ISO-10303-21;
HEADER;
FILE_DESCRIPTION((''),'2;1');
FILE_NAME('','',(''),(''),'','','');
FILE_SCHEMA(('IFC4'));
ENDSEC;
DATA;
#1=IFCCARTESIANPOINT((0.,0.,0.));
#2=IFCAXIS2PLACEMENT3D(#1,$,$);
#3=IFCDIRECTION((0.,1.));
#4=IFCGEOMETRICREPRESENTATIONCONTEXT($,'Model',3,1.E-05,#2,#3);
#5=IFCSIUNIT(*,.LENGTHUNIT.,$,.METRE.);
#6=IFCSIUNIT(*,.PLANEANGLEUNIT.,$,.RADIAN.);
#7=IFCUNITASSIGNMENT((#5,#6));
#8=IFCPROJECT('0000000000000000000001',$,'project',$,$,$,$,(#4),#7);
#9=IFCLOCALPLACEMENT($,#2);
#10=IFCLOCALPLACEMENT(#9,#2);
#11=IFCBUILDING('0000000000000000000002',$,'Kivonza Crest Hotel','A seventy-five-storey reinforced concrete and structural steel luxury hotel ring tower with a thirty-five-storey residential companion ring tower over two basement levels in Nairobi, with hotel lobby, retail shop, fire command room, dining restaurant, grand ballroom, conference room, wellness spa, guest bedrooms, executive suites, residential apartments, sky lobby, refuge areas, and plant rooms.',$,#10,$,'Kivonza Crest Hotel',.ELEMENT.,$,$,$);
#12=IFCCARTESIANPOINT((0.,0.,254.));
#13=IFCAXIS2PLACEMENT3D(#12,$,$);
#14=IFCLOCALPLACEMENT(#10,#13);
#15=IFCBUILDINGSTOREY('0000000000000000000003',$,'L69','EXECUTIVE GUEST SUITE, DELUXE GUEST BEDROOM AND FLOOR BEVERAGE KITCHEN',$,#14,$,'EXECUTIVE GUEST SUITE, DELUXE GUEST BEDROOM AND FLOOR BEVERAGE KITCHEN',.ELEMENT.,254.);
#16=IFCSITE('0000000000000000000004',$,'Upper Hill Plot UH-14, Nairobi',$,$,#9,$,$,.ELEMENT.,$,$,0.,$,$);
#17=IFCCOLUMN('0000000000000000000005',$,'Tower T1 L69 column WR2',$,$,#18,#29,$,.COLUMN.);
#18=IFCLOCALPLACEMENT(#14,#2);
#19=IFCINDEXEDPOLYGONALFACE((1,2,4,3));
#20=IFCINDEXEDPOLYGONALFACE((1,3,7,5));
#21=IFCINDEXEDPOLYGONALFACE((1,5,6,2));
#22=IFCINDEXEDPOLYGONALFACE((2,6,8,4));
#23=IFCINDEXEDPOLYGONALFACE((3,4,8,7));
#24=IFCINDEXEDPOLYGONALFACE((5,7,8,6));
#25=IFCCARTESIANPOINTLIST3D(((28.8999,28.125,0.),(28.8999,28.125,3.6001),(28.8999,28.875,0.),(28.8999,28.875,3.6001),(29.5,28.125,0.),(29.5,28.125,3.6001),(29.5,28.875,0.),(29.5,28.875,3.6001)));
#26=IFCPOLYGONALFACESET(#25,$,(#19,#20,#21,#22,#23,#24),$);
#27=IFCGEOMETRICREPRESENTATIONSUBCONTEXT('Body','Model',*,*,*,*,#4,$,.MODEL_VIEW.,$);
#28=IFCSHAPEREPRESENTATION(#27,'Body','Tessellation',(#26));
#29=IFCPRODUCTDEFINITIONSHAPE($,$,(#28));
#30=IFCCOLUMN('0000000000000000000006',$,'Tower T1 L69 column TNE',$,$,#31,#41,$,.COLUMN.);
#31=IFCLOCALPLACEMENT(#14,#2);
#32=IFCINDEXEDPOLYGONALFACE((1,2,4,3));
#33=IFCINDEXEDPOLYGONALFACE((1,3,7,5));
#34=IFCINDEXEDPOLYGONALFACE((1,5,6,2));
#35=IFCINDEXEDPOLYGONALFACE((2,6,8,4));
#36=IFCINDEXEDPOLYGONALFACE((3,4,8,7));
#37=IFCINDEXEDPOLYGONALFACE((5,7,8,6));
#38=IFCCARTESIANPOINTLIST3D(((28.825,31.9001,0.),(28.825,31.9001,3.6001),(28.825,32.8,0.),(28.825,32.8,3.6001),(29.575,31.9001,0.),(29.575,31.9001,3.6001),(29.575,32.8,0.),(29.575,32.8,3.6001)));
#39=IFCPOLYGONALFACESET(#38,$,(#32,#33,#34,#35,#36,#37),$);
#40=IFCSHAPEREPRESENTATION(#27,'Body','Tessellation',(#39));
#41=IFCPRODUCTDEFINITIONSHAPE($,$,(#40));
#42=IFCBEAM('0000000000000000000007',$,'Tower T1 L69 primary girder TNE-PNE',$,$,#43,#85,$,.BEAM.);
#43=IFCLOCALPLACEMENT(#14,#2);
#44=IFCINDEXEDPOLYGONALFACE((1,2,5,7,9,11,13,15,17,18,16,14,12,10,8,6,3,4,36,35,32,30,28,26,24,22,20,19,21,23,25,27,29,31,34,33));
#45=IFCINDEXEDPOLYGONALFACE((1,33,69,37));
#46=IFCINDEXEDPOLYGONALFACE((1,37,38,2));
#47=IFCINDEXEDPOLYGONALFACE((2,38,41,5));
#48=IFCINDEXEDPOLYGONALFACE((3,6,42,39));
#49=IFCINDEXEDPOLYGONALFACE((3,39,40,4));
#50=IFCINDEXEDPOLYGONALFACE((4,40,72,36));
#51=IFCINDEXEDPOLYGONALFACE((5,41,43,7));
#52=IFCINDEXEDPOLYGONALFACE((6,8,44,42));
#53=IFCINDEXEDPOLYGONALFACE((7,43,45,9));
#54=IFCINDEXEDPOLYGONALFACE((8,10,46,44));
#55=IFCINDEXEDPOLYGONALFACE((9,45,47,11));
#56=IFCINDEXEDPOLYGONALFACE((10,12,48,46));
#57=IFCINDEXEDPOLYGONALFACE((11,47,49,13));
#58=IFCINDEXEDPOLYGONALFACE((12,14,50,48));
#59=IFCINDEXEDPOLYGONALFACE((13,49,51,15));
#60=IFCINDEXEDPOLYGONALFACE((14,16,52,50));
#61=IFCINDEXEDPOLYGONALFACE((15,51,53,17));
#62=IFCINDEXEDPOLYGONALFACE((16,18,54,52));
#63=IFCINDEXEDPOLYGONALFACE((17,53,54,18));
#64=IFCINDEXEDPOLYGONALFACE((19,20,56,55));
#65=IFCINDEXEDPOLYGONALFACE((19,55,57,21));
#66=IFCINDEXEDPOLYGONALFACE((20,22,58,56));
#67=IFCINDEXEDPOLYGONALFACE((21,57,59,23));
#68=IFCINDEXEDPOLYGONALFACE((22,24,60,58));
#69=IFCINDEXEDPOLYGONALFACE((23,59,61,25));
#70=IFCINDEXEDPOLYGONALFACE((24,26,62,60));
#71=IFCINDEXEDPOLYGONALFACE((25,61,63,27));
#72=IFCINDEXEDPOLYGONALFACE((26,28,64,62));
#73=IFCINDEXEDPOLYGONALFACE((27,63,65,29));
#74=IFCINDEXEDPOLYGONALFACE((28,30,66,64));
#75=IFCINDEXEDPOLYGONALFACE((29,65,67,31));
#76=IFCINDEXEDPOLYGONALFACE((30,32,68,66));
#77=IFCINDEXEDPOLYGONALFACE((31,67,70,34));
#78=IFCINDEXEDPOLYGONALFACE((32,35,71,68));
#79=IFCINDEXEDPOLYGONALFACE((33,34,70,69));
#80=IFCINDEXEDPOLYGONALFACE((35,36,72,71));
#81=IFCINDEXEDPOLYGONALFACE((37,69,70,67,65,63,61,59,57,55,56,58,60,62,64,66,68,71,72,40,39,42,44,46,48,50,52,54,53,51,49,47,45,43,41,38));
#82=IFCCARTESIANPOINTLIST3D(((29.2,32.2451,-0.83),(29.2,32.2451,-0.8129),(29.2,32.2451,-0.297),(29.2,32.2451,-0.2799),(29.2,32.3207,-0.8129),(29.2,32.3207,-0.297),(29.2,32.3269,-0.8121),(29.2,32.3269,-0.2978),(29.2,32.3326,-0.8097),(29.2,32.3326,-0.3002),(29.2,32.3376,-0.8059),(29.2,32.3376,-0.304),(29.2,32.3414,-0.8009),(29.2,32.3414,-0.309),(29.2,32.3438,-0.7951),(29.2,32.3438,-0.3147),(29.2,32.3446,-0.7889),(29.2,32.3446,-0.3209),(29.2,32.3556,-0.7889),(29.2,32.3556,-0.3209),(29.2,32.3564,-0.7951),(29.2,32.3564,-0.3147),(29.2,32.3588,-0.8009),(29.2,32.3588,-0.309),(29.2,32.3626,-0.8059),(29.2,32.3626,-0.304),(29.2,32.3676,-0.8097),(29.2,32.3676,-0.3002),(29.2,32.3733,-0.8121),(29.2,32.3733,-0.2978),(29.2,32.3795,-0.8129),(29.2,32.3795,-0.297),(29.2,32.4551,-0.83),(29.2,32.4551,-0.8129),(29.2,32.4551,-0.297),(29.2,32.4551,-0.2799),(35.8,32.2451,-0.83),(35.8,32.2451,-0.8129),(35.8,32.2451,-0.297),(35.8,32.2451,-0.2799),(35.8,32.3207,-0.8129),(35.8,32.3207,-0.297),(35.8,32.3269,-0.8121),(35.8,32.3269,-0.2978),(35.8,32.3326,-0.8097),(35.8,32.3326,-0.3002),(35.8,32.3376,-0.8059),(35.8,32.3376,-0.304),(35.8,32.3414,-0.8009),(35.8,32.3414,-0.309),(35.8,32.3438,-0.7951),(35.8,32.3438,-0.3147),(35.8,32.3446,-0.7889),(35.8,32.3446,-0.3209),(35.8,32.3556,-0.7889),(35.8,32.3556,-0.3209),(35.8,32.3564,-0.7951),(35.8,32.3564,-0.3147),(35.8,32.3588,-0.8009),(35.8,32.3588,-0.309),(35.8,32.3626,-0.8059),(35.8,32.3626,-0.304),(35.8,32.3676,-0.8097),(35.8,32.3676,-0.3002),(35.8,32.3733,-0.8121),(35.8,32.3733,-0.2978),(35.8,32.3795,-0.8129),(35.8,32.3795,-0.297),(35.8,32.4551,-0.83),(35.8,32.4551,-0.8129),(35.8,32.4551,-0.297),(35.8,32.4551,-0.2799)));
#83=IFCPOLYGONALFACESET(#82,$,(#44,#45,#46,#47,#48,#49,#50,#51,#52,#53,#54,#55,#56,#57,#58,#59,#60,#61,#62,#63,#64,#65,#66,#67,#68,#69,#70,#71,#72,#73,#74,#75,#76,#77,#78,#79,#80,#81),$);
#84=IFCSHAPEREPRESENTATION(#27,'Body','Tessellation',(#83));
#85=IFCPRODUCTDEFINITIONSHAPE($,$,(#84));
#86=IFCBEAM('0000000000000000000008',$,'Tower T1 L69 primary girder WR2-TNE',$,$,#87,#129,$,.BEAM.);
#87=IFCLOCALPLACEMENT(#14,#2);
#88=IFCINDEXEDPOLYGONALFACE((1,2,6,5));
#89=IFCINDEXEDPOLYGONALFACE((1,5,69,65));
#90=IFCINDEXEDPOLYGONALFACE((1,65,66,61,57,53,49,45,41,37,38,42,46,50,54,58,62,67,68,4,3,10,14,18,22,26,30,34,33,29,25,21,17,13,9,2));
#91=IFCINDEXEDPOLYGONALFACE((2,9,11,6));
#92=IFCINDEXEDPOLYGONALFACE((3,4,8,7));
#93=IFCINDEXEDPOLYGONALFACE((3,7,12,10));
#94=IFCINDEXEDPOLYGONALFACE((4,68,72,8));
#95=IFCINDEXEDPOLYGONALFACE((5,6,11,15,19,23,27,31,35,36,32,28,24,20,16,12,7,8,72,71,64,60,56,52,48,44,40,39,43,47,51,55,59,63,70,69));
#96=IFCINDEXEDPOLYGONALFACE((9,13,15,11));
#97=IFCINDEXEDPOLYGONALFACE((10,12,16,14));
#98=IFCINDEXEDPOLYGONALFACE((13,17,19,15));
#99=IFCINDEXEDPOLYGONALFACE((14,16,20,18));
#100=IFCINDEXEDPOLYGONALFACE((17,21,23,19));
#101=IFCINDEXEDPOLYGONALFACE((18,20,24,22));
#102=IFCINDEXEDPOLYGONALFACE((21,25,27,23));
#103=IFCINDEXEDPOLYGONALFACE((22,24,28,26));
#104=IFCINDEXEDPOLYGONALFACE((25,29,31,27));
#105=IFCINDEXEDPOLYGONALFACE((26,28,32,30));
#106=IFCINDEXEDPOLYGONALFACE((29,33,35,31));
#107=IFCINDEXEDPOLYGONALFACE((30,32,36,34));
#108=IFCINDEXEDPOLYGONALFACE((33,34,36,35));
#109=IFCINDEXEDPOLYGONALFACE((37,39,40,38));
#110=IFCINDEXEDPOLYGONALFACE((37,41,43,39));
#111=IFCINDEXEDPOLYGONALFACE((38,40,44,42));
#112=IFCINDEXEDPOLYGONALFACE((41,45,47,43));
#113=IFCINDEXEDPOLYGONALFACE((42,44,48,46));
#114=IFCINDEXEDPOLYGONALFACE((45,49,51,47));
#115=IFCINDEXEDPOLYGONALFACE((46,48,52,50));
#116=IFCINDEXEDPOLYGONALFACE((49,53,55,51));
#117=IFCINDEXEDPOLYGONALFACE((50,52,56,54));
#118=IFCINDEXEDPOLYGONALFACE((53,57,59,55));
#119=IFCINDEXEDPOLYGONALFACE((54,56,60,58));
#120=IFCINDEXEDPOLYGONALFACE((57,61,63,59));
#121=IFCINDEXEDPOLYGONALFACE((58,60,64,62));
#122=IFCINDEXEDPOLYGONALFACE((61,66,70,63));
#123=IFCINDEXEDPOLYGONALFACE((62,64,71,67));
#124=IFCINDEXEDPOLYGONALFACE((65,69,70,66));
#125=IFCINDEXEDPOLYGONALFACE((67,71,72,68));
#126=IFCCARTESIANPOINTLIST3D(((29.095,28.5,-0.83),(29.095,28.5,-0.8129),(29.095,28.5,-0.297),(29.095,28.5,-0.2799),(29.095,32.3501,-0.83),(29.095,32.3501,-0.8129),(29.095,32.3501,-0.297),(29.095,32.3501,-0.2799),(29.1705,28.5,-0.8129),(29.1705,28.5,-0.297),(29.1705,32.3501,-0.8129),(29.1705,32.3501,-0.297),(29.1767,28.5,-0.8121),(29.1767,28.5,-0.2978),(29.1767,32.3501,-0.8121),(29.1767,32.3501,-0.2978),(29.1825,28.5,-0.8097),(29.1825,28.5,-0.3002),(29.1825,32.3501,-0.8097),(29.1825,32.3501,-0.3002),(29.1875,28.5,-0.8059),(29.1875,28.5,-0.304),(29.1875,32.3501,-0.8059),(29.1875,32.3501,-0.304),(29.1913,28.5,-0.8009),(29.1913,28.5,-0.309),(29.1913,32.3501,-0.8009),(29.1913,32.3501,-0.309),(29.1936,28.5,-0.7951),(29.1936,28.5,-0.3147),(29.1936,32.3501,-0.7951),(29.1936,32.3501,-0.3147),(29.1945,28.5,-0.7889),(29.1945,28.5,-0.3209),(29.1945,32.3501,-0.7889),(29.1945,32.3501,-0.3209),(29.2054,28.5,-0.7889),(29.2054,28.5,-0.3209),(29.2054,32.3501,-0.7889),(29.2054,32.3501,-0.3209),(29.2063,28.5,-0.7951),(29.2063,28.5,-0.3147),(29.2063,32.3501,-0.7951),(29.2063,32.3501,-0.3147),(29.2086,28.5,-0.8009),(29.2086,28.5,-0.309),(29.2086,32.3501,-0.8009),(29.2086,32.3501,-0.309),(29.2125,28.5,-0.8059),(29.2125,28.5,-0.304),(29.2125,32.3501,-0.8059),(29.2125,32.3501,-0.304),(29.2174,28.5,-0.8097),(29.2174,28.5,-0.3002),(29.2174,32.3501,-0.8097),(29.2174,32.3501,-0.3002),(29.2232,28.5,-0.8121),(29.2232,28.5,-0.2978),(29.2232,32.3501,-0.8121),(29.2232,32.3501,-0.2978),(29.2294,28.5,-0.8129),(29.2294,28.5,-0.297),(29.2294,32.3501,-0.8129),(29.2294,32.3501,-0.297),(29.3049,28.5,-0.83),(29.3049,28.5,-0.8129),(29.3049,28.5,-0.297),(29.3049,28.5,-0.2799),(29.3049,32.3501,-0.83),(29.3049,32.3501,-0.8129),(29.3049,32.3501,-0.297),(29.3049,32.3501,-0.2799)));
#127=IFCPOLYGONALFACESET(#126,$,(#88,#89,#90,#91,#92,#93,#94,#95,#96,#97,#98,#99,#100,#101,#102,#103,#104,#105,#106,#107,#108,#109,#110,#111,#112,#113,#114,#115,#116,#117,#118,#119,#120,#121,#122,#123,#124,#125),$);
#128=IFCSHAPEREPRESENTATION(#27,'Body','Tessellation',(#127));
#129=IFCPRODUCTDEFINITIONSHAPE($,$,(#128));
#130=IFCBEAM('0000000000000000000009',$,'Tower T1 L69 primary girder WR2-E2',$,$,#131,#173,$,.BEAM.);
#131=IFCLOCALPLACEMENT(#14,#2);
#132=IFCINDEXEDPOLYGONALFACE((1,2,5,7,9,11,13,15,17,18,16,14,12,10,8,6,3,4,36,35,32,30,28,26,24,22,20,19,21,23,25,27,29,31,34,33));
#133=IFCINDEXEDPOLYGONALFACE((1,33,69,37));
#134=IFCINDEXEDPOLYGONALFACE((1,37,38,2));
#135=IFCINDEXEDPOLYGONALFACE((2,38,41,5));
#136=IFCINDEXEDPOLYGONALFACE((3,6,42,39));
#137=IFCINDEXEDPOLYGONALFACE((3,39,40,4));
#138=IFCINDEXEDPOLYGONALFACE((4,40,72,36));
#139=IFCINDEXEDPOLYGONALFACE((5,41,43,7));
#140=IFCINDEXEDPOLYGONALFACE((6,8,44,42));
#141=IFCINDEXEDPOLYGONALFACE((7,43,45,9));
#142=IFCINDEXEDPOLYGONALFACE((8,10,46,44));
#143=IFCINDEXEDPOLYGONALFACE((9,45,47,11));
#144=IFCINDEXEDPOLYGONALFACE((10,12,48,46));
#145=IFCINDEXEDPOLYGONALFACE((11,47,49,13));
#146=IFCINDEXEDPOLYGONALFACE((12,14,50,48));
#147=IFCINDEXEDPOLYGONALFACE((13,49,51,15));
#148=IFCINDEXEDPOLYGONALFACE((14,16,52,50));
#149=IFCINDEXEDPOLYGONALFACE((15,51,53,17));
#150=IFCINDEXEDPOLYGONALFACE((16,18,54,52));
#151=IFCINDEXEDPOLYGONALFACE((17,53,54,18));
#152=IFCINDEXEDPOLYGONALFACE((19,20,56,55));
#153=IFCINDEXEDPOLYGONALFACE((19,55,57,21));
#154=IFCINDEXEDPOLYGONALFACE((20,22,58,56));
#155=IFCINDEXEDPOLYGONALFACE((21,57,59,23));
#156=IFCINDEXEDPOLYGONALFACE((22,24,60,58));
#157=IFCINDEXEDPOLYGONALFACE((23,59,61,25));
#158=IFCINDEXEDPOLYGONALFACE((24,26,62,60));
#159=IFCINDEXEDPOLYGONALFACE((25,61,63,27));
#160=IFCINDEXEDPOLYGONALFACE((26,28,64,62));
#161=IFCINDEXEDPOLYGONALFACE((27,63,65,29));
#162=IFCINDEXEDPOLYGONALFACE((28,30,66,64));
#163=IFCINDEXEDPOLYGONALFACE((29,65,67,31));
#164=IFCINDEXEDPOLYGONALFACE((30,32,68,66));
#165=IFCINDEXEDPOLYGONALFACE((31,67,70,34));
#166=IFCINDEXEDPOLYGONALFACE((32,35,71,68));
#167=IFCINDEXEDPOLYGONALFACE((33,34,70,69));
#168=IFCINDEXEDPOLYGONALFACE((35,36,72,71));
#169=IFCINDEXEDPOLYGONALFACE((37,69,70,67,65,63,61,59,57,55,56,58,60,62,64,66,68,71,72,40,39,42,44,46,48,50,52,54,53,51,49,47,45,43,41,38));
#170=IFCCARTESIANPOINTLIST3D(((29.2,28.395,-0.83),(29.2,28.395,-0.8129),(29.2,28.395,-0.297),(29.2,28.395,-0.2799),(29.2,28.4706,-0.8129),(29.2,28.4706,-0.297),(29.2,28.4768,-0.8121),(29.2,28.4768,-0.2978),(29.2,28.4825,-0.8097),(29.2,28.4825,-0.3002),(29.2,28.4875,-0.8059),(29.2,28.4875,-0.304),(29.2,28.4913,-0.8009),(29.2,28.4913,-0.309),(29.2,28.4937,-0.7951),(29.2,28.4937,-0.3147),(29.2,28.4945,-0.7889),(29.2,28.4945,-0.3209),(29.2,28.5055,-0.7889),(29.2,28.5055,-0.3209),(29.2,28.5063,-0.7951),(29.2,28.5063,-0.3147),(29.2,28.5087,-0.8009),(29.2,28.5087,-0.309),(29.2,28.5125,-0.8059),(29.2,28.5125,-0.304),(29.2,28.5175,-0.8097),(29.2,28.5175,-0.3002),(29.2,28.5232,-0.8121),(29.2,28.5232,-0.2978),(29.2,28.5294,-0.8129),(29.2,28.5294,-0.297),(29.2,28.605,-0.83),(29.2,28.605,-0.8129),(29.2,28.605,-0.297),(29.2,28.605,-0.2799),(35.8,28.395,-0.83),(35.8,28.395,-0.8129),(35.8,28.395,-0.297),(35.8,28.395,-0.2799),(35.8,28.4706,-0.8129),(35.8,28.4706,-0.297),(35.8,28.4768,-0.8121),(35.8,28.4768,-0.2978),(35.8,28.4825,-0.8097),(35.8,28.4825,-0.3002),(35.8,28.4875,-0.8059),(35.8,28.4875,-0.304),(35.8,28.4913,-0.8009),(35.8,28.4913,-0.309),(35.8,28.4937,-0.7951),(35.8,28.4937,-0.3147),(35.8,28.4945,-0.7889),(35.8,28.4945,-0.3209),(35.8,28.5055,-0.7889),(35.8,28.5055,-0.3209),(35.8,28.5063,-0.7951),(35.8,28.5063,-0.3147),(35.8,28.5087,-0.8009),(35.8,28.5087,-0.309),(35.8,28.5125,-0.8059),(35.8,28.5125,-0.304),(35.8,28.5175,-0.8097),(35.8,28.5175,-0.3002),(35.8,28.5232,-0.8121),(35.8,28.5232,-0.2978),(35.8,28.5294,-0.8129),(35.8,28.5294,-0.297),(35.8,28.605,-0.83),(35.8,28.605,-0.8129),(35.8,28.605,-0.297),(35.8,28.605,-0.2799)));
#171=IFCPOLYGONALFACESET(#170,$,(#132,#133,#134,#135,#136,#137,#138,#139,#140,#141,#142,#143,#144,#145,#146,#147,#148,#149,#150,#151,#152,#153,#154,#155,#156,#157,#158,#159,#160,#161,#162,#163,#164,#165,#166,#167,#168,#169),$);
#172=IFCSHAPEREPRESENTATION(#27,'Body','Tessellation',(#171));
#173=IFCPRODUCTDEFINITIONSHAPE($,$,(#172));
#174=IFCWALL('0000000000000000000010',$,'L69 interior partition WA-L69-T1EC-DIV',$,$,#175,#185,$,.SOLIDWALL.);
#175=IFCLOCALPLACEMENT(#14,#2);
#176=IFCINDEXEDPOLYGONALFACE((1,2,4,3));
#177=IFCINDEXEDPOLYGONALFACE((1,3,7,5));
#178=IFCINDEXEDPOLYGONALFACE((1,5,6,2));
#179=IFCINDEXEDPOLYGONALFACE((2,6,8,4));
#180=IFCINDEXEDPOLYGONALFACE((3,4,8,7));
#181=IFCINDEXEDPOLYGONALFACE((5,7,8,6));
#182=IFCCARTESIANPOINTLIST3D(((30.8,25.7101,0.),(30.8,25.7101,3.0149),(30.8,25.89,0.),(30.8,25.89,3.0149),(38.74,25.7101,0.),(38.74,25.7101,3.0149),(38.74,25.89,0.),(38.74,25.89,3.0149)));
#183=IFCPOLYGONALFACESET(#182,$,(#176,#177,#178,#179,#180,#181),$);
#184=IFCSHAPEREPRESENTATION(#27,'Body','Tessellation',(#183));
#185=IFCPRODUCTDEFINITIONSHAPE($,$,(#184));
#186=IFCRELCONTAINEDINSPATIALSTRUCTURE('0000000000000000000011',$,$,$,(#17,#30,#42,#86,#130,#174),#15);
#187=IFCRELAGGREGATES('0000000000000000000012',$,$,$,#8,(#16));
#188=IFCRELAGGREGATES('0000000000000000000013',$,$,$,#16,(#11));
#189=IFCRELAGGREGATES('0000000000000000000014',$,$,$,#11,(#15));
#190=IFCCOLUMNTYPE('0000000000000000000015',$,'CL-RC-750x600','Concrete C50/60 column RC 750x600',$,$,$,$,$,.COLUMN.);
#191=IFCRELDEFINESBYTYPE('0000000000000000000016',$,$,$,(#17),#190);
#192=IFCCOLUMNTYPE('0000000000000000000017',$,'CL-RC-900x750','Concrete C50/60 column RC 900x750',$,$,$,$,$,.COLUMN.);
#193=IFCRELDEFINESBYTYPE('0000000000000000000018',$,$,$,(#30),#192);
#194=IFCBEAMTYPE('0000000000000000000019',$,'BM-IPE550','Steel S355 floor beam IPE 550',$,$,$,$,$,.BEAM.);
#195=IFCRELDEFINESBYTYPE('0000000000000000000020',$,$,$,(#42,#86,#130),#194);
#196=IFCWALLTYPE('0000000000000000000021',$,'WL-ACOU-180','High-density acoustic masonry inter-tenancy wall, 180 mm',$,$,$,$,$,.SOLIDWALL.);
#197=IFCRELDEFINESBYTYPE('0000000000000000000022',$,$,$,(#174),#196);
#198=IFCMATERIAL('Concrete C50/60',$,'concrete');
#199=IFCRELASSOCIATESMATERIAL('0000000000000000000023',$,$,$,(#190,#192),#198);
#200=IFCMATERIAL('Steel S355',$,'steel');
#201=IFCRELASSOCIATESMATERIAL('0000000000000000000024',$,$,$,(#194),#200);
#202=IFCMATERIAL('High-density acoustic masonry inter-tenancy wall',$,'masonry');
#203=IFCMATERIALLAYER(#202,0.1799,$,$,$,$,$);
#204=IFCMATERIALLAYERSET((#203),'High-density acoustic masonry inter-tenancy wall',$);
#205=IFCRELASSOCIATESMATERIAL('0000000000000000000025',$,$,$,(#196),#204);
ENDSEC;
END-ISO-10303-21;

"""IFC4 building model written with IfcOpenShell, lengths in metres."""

from ifc_helpers import new_model, si_unit, direction, frame, frame_2d, origin, origin_2d, place, context, subcontext, project, spatial, rectangle, i_section, extrude, material, layer, layer_set, material_profile, profile_set, type_object, element, save


model = new_model("IFC4")

# Units and contexts
model_context = context("Model", 3, precision=1e-05, world=origin(), true_north=direction((0.0, 1.0)))
body_context = subcontext(model_context, "Body", "Model", "MODEL_VIEW")
ifc_project = project(units=[si_unit("LENGTHUNIT", "METRE"), si_unit("PLANEANGLEUNIT", "RADIAN")], contexts=[model_context])

# Site, building, storey
site_placement = place(None, origin())
site = spatial("IfcSite", under=ifc_project, at=site_placement, Name="Upper Hill Plot UH-14, Nairobi", CompositionType="ELEMENT", RefElevation=0.0)
building_placement = place(site_placement, origin())
building = spatial("IfcBuilding", under=site, at=building_placement, Name="Kivonza Crest Hotel", Description="A seventy-five-storey reinforced concrete and structural steel luxury hotel ring tower with a thirty-five-storey residential companion ring tower over two basement levels in Nairobi, with hotel lobby, retail shop, fire command room, dining restaurant, grand ballroom, conference room, wellness spa, guest bedrooms, executive suites, residential apartments, sky lobby, refuge areas, and plant rooms.", LongName="Kivonza Crest Hotel", CompositionType="ELEMENT")
storey_placement = place(building_placement, frame((0.0, 0.0, 254.0)))
storey = spatial("IfcBuildingStorey", under=building, at=storey_placement, Name="L69", Description="EXECUTIVE GUEST SUITE, DELUXE GUEST BEDROOM AND FLOOR BEVERAGE KITCHEN", LongName="EXECUTIVE GUEST SUITE, DELUXE GUEST BEDROOM AND FLOOR BEVERAGE KITCHEN", CompositionType="ELEMENT", Elevation=254.0)

# Columns
ifc_material_1 = material(Name="Concrete C50/60", Category="concrete")
ifc_material_profile_1 = material_profile(ifc_material_1, rectangle(XDim=0.6001, YDim=0.75, at=origin_2d()), Name="RC 750x600")
ifc_profile_set_1 = profile_set([ifc_material_profile_1], Name="Concrete C50/60")
column_type_1 = type_object("IfcColumnType", Name="CL-RC-750x600", Description="Concrete C50/60 column RC 750x600", PredefinedType="COLUMN", material=ifc_profile_set_1)
column_1_placement = place(storey_placement, frame((29.2, 28.5, 0.0), z_axis=(0.0, 0.0, 1.0), x_axis=(1.0, 0.0, 0.0)))
element("IfcColumn", 1, at=column_1_placement, inside=storey, type_object=column_type_1, Name="Tower T1 L69 column WR2", PredefinedType="COLUMN", context=body_context, shape_type="SweptSolid", body=[
    extrude(rectangle(XDim=0.6001, YDim=0.75, at=origin_2d()), origin(), (0.0, 0.0, 1.0), 3.6001),
])
ifc_material_profile_2 = material_profile(ifc_material_1, rectangle(XDim=0.75, YDim=0.8999, at=origin_2d()), Name="RC 900x750")
ifc_profile_set_2 = profile_set([ifc_material_profile_2], Name="Concrete C50/60")
column_type_2 = type_object("IfcColumnType", Name="CL-RC-900x750", Description="Concrete C50/60 column RC 900x750", PredefinedType="COLUMN", material=ifc_profile_set_2)
column_2_placement = place(storey_placement, frame((29.2, 32.3501, 0.0), z_axis=(0.0, 0.0, 1.0), x_axis=(1.0, 0.0, 0.0)))
element("IfcColumn", 2, at=column_2_placement, inside=storey, type_object=column_type_2, Name="Tower T1 L69 column TNE", PredefinedType="COLUMN", context=body_context, shape_type="SweptSolid", body=[
    extrude(rectangle(XDim=0.75, YDim=0.8999, at=origin_2d()), origin(), (0.0, 0.0, 1.0), 3.6001),
])

# Beams
ifc_material_2 = material(Name="Steel S355", Category="steel")
ifc_material_profile_3 = material_profile(ifc_material_2, i_section(OverallWidth=0.21, OverallDepth=0.55, WebThickness=0.011, FlangeThickness=0.0171, FilletRadius=0.0239, at=origin_2d()), Name="IPE 550")
ifc_profile_set_3 = profile_set([ifc_material_profile_3], Name="Steel S355")
beam_type = type_object("IfcBeamType", Name="BM-IPE550", Description="Steel S355 floor beam IPE 550", PredefinedType="BEAM", material=ifc_profile_set_3)
beam_1_placement = place(storey_placement, frame((29.2, 32.3501, -0.5549), z_axis=(1.0, 0.0, 0.0), x_axis=(0.0, 1.0, 0.0)))
element("IfcBeam", 3, at=beam_1_placement, inside=storey, type_object=beam_type, Name="Tower T1 L69 primary girder TNE-PNE", PredefinedType="BEAM", context=body_context, shape_type="SweptSolid", body=[
    extrude(i_section(OverallWidth=0.21, OverallDepth=0.55, WebThickness=0.011, FlangeThickness=0.0171, FilletRadius=0.0239, at=origin_2d()), origin(), (0.0, 0.0, 1.0), 6.6001),
])
beam_2_placement = place(storey_placement, frame((29.2, 28.5, -0.5549), z_axis=(0.0, 1.0, 0.0), x_axis=(-1.0, 0.0, 0.0)))
element("IfcBeam", 4, at=beam_2_placement, inside=storey, type_object=beam_type, Name="Tower T1 L69 primary girder WR2-TNE", PredefinedType="BEAM", context=body_context, shape_type="SweptSolid", body=[
    extrude(i_section(OverallWidth=0.21, OverallDepth=0.55, WebThickness=0.011, FlangeThickness=0.0171, FilletRadius=0.0239, at=origin_2d()), origin(), (0.0, 0.0, 1.0), 3.8501),
])
beam_3_placement = place(storey_placement, frame((29.2, 28.5, -0.5549), z_axis=(1.0, 0.0, 0.0), x_axis=(0.0, 1.0, 0.0)))
element("IfcBeam", 5, at=beam_3_placement, inside=storey, type_object=beam_type, Name="Tower T1 L69 primary girder WR2-E2", PredefinedType="BEAM", context=body_context, shape_type="SweptSolid", body=[
    extrude(i_section(OverallWidth=0.21, OverallDepth=0.55, WebThickness=0.011, FlangeThickness=0.0171, FilletRadius=0.0239, at=origin_2d()), origin(), (0.0, 0.0, 1.0), 6.6001),
])

# Wall
ifc_material_3 = material(Name="High-density acoustic masonry inter-tenancy wall", Category="masonry")
ifc_layer_1 = layer(ifc_material_3, 0.1799)
ifc_layer_set_1 = layer_set([ifc_layer_1], Name="High-density acoustic masonry inter-tenancy wall")
wall_type_1 = type_object("IfcWallType", Name="WL-ACOU-180", Description="High-density acoustic masonry inter-tenancy wall, 180 mm", PredefinedType="SOLIDWALL", material=ifc_layer_set_1)
wall_1_placement = place(storey_placement, frame((30.8, 25.8, 0.0), z_axis=(0.0, 0.0, 1.0), x_axis=(1.0, 0.0, 0.0)))
element("IfcWall", 6, at=wall_1_placement, inside=storey, type_object=wall_type_1, Name="L69 interior partition WA-L69-T1EC-DIV", PredefinedType="SOLIDWALL", context=body_context, shape_type="SweptSolid", body=[
    extrude(rectangle(XDim=7.9399, YDim=0.1799, at=frame_2d((3.97, 0.0))), origin(), (0.0, 0.0, 1.0), 3.0149),
])

save(model, "model.ifc")
